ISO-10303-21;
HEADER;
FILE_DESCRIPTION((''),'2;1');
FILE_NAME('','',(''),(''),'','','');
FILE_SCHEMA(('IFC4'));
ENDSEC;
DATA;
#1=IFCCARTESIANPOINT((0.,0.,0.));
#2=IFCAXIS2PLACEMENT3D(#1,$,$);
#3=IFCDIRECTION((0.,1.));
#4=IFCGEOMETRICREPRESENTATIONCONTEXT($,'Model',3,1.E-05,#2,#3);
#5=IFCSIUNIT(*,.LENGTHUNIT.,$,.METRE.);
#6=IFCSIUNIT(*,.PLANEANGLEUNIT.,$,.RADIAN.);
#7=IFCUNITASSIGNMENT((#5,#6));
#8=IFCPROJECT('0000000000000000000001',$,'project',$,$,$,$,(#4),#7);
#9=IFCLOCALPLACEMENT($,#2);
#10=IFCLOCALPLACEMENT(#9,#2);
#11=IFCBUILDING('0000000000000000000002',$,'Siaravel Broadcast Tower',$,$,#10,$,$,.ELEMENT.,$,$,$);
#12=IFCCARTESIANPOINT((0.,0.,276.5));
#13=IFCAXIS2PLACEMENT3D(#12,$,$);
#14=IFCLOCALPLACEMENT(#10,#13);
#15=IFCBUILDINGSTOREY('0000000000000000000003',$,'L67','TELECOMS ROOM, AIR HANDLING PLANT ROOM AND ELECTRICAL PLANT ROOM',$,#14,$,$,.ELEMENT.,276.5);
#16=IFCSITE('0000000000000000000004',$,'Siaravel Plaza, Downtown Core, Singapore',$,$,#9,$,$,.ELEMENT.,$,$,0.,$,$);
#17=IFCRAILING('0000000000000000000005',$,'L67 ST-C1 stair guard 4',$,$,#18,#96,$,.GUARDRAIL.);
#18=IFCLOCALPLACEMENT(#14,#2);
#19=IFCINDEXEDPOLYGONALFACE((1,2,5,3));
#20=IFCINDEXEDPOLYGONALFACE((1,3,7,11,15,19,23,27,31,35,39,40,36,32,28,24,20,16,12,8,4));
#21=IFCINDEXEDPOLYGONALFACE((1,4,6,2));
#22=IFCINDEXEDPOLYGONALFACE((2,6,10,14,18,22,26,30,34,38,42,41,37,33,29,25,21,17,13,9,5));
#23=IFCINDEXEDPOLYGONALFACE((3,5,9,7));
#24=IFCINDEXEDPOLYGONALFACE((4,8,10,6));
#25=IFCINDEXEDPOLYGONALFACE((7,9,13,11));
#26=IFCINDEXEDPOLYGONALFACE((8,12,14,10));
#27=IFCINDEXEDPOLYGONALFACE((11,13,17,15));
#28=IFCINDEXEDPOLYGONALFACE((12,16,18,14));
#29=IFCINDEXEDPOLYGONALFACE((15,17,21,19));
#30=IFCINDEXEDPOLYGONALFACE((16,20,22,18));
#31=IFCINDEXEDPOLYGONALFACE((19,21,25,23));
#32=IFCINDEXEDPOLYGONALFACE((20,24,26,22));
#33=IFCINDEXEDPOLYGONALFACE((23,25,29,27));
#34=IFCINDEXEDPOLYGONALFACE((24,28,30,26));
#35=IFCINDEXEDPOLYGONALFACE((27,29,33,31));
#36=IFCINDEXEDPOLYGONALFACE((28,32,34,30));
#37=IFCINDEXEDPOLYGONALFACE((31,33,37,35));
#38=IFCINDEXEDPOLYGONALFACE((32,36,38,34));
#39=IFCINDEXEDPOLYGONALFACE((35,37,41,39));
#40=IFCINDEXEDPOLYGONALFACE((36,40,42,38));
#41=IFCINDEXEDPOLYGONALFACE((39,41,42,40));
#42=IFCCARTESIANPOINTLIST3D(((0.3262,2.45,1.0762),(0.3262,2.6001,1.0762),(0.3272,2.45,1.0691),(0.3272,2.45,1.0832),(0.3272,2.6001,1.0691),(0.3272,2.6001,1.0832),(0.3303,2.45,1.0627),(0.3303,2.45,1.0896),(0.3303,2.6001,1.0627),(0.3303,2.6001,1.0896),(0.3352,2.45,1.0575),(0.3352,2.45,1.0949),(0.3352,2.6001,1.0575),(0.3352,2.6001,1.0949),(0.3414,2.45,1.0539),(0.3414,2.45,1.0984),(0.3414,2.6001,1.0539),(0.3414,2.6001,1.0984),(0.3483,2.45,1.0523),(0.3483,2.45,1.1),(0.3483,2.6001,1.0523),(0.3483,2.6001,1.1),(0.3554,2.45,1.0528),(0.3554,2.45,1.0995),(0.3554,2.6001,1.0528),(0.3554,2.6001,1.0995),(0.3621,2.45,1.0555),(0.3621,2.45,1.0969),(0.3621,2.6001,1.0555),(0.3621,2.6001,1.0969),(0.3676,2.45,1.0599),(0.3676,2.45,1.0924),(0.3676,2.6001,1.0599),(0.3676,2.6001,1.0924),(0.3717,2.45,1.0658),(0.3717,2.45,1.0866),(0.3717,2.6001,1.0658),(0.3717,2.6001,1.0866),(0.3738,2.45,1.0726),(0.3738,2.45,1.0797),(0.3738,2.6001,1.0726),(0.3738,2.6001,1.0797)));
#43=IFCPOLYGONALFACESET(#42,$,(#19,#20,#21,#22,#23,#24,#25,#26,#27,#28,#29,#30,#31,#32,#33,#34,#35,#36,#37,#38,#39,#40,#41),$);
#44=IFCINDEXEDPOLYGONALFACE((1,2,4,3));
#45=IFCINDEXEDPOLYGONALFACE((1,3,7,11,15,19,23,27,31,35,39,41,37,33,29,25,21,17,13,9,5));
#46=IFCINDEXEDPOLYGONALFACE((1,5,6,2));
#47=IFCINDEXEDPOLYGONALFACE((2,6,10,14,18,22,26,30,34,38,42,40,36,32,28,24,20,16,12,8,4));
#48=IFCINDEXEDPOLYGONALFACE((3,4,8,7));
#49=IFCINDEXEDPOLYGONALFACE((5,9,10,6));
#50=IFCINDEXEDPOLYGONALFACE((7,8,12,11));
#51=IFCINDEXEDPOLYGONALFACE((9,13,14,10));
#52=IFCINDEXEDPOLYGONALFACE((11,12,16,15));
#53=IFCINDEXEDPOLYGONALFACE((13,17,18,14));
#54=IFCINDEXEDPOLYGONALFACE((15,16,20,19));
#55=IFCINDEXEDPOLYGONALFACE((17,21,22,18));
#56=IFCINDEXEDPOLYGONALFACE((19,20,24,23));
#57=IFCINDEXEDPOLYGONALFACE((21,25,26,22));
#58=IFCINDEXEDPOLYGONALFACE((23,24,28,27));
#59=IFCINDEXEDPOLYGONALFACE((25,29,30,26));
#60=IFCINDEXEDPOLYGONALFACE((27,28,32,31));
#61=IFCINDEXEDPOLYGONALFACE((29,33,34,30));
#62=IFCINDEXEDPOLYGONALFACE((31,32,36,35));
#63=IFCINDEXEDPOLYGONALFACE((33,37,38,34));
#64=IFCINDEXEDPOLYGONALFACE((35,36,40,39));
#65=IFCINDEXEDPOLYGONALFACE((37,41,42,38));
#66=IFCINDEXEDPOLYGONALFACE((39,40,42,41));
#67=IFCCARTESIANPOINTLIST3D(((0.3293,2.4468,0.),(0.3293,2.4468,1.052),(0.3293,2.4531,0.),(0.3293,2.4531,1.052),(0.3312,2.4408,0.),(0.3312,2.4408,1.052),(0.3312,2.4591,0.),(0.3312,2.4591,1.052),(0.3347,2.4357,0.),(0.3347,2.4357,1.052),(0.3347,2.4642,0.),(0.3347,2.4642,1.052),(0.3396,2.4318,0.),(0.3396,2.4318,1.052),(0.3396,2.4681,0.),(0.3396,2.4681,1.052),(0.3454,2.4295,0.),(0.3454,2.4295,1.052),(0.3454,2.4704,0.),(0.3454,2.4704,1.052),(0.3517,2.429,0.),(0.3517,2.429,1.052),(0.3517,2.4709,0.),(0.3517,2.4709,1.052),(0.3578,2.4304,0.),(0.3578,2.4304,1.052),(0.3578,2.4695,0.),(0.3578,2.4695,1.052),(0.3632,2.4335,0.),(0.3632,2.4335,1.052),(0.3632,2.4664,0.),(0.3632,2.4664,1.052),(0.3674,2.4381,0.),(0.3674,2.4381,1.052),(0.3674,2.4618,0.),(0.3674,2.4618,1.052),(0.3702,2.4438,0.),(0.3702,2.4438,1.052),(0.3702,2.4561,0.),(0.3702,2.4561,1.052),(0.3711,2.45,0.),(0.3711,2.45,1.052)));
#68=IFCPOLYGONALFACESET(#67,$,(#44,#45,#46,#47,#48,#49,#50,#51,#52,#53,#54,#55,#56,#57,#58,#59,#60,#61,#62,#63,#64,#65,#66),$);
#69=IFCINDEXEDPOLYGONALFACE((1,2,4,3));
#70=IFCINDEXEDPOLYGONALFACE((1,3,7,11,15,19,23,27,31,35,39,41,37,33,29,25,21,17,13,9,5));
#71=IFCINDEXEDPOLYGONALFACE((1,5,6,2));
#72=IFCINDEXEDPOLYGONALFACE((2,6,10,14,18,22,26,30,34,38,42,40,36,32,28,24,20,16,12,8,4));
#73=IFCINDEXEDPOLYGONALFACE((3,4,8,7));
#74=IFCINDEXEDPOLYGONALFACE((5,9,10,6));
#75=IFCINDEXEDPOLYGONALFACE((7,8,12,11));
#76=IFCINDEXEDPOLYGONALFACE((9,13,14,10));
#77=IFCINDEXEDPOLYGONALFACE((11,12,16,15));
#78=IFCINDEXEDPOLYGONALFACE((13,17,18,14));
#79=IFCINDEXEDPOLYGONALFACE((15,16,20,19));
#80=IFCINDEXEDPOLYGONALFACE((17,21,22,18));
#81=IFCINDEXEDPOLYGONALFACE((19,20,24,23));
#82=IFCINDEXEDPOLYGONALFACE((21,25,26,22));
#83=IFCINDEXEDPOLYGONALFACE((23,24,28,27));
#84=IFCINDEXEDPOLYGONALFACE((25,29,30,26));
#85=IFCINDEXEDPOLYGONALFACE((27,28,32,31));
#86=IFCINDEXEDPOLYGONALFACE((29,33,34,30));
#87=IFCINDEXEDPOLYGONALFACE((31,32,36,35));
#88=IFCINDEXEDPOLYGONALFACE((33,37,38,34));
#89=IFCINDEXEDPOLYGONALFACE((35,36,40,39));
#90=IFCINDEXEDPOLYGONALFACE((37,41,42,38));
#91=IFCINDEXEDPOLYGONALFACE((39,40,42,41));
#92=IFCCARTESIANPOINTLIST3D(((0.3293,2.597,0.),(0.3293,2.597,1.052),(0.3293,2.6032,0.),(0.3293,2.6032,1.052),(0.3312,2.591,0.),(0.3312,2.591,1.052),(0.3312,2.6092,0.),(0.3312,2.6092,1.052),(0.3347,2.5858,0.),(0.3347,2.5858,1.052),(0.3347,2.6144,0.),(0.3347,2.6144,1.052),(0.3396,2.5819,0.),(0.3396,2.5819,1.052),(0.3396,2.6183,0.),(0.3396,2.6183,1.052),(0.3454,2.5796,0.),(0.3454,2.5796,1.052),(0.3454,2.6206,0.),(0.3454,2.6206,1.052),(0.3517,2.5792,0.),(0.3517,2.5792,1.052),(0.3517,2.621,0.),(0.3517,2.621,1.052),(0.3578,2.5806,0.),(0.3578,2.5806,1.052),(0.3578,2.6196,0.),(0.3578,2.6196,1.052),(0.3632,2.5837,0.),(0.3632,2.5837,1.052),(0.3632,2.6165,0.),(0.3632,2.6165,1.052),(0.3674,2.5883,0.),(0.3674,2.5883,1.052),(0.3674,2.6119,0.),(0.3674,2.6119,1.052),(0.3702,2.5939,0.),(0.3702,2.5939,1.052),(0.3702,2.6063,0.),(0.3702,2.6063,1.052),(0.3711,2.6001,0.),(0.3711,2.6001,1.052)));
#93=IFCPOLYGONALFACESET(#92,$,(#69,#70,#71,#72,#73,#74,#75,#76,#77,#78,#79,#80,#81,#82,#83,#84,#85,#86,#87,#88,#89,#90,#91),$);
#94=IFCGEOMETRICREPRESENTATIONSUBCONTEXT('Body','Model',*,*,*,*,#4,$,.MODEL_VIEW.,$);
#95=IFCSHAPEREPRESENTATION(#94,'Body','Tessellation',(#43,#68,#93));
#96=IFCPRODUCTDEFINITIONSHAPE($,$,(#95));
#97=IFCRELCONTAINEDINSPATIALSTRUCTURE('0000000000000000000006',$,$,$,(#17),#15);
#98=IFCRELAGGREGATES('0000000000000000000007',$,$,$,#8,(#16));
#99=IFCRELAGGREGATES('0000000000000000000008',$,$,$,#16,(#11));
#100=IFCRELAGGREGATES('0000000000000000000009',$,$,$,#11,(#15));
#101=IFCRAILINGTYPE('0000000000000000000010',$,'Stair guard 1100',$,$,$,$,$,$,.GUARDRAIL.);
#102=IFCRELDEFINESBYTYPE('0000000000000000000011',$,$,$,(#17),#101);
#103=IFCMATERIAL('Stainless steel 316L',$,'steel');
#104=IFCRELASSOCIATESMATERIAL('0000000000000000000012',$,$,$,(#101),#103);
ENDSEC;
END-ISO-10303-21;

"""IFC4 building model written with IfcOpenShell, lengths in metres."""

from ifc_helpers import new_model, si_unit, direction, frame, origin, origin_2d, place, context, subcontext, project, spatial, circle, extrude, material, type_object, element, save


model = new_model("IFC4")

# Units and contexts
model_context = context("Model", 3, precision=1e-05, world=origin(), true_north=direction((0.0, 1.0)))
body_context = subcontext(model_context, "Body", "Model", "MODEL_VIEW")
ifc_project = project(units=[si_unit("LENGTHUNIT", "METRE"), si_unit("PLANEANGLEUNIT", "RADIAN")], contexts=[model_context])

# Site, building, storey
site_placement = place(None, origin())
site = spatial("IfcSite", under=ifc_project, at=site_placement, Name="Siaravel Plaza, Downtown Core, Singapore", CompositionType="ELEMENT", RefElevation=0.0)
building_placement = place(site_placement, origin())
building = spatial("IfcBuilding", under=site, at=building_placement, Name="Siaravel Broadcast Tower", CompositionType="ELEMENT")
storey_placement = place(building_placement, frame((0.0, 0.0, 276.5)))
storey = spatial("IfcBuildingStorey", under=building, at=storey_placement, Name="L67", Description="TELECOMS ROOM, AIR HANDLING PLANT ROOM AND ELECTRICAL PLANT ROOM", CompositionType="ELEMENT", Elevation=276.5)

# Railing
ifc_material_1 = material(Name="Stainless steel 316L", Category="steel")
railing_type_1 = type_object("IfcRailingType", Name="Stair guard 1100", PredefinedType="GUARDRAIL", material=ifc_material_1)
railing_1_placement = place(storey_placement, frame((0.3501, 2.45, 0.0)))
element("IfcRailing", 1, at=railing_1_placement, inside=storey, type_object=railing_type_1, Name="L67 ST-C1 stair guard 4", PredefinedType="GUARDRAIL", context=body_context, shape_type="SweptSolid", body=[
    extrude(circle(Radius=0.0239, at=origin_2d()), frame((0.0, 0.0, 1.0762), z_axis=(0.0, 1.0, 0.0), x_axis=(-1.0, 0.0, 0.0)), (0.0, 0.0, 1.0), 0.1501),
    extrude(circle(Radius=0.021, at=origin_2d()), origin(), (0.0, 0.0, 1.0), 1.052),
    extrude(circle(Radius=0.021, at=origin_2d()), frame((0.0, 0.1501, 0.0)), (0.0, 0.0, 1.0), 1.052),
])

save(model, "model.ifc")
